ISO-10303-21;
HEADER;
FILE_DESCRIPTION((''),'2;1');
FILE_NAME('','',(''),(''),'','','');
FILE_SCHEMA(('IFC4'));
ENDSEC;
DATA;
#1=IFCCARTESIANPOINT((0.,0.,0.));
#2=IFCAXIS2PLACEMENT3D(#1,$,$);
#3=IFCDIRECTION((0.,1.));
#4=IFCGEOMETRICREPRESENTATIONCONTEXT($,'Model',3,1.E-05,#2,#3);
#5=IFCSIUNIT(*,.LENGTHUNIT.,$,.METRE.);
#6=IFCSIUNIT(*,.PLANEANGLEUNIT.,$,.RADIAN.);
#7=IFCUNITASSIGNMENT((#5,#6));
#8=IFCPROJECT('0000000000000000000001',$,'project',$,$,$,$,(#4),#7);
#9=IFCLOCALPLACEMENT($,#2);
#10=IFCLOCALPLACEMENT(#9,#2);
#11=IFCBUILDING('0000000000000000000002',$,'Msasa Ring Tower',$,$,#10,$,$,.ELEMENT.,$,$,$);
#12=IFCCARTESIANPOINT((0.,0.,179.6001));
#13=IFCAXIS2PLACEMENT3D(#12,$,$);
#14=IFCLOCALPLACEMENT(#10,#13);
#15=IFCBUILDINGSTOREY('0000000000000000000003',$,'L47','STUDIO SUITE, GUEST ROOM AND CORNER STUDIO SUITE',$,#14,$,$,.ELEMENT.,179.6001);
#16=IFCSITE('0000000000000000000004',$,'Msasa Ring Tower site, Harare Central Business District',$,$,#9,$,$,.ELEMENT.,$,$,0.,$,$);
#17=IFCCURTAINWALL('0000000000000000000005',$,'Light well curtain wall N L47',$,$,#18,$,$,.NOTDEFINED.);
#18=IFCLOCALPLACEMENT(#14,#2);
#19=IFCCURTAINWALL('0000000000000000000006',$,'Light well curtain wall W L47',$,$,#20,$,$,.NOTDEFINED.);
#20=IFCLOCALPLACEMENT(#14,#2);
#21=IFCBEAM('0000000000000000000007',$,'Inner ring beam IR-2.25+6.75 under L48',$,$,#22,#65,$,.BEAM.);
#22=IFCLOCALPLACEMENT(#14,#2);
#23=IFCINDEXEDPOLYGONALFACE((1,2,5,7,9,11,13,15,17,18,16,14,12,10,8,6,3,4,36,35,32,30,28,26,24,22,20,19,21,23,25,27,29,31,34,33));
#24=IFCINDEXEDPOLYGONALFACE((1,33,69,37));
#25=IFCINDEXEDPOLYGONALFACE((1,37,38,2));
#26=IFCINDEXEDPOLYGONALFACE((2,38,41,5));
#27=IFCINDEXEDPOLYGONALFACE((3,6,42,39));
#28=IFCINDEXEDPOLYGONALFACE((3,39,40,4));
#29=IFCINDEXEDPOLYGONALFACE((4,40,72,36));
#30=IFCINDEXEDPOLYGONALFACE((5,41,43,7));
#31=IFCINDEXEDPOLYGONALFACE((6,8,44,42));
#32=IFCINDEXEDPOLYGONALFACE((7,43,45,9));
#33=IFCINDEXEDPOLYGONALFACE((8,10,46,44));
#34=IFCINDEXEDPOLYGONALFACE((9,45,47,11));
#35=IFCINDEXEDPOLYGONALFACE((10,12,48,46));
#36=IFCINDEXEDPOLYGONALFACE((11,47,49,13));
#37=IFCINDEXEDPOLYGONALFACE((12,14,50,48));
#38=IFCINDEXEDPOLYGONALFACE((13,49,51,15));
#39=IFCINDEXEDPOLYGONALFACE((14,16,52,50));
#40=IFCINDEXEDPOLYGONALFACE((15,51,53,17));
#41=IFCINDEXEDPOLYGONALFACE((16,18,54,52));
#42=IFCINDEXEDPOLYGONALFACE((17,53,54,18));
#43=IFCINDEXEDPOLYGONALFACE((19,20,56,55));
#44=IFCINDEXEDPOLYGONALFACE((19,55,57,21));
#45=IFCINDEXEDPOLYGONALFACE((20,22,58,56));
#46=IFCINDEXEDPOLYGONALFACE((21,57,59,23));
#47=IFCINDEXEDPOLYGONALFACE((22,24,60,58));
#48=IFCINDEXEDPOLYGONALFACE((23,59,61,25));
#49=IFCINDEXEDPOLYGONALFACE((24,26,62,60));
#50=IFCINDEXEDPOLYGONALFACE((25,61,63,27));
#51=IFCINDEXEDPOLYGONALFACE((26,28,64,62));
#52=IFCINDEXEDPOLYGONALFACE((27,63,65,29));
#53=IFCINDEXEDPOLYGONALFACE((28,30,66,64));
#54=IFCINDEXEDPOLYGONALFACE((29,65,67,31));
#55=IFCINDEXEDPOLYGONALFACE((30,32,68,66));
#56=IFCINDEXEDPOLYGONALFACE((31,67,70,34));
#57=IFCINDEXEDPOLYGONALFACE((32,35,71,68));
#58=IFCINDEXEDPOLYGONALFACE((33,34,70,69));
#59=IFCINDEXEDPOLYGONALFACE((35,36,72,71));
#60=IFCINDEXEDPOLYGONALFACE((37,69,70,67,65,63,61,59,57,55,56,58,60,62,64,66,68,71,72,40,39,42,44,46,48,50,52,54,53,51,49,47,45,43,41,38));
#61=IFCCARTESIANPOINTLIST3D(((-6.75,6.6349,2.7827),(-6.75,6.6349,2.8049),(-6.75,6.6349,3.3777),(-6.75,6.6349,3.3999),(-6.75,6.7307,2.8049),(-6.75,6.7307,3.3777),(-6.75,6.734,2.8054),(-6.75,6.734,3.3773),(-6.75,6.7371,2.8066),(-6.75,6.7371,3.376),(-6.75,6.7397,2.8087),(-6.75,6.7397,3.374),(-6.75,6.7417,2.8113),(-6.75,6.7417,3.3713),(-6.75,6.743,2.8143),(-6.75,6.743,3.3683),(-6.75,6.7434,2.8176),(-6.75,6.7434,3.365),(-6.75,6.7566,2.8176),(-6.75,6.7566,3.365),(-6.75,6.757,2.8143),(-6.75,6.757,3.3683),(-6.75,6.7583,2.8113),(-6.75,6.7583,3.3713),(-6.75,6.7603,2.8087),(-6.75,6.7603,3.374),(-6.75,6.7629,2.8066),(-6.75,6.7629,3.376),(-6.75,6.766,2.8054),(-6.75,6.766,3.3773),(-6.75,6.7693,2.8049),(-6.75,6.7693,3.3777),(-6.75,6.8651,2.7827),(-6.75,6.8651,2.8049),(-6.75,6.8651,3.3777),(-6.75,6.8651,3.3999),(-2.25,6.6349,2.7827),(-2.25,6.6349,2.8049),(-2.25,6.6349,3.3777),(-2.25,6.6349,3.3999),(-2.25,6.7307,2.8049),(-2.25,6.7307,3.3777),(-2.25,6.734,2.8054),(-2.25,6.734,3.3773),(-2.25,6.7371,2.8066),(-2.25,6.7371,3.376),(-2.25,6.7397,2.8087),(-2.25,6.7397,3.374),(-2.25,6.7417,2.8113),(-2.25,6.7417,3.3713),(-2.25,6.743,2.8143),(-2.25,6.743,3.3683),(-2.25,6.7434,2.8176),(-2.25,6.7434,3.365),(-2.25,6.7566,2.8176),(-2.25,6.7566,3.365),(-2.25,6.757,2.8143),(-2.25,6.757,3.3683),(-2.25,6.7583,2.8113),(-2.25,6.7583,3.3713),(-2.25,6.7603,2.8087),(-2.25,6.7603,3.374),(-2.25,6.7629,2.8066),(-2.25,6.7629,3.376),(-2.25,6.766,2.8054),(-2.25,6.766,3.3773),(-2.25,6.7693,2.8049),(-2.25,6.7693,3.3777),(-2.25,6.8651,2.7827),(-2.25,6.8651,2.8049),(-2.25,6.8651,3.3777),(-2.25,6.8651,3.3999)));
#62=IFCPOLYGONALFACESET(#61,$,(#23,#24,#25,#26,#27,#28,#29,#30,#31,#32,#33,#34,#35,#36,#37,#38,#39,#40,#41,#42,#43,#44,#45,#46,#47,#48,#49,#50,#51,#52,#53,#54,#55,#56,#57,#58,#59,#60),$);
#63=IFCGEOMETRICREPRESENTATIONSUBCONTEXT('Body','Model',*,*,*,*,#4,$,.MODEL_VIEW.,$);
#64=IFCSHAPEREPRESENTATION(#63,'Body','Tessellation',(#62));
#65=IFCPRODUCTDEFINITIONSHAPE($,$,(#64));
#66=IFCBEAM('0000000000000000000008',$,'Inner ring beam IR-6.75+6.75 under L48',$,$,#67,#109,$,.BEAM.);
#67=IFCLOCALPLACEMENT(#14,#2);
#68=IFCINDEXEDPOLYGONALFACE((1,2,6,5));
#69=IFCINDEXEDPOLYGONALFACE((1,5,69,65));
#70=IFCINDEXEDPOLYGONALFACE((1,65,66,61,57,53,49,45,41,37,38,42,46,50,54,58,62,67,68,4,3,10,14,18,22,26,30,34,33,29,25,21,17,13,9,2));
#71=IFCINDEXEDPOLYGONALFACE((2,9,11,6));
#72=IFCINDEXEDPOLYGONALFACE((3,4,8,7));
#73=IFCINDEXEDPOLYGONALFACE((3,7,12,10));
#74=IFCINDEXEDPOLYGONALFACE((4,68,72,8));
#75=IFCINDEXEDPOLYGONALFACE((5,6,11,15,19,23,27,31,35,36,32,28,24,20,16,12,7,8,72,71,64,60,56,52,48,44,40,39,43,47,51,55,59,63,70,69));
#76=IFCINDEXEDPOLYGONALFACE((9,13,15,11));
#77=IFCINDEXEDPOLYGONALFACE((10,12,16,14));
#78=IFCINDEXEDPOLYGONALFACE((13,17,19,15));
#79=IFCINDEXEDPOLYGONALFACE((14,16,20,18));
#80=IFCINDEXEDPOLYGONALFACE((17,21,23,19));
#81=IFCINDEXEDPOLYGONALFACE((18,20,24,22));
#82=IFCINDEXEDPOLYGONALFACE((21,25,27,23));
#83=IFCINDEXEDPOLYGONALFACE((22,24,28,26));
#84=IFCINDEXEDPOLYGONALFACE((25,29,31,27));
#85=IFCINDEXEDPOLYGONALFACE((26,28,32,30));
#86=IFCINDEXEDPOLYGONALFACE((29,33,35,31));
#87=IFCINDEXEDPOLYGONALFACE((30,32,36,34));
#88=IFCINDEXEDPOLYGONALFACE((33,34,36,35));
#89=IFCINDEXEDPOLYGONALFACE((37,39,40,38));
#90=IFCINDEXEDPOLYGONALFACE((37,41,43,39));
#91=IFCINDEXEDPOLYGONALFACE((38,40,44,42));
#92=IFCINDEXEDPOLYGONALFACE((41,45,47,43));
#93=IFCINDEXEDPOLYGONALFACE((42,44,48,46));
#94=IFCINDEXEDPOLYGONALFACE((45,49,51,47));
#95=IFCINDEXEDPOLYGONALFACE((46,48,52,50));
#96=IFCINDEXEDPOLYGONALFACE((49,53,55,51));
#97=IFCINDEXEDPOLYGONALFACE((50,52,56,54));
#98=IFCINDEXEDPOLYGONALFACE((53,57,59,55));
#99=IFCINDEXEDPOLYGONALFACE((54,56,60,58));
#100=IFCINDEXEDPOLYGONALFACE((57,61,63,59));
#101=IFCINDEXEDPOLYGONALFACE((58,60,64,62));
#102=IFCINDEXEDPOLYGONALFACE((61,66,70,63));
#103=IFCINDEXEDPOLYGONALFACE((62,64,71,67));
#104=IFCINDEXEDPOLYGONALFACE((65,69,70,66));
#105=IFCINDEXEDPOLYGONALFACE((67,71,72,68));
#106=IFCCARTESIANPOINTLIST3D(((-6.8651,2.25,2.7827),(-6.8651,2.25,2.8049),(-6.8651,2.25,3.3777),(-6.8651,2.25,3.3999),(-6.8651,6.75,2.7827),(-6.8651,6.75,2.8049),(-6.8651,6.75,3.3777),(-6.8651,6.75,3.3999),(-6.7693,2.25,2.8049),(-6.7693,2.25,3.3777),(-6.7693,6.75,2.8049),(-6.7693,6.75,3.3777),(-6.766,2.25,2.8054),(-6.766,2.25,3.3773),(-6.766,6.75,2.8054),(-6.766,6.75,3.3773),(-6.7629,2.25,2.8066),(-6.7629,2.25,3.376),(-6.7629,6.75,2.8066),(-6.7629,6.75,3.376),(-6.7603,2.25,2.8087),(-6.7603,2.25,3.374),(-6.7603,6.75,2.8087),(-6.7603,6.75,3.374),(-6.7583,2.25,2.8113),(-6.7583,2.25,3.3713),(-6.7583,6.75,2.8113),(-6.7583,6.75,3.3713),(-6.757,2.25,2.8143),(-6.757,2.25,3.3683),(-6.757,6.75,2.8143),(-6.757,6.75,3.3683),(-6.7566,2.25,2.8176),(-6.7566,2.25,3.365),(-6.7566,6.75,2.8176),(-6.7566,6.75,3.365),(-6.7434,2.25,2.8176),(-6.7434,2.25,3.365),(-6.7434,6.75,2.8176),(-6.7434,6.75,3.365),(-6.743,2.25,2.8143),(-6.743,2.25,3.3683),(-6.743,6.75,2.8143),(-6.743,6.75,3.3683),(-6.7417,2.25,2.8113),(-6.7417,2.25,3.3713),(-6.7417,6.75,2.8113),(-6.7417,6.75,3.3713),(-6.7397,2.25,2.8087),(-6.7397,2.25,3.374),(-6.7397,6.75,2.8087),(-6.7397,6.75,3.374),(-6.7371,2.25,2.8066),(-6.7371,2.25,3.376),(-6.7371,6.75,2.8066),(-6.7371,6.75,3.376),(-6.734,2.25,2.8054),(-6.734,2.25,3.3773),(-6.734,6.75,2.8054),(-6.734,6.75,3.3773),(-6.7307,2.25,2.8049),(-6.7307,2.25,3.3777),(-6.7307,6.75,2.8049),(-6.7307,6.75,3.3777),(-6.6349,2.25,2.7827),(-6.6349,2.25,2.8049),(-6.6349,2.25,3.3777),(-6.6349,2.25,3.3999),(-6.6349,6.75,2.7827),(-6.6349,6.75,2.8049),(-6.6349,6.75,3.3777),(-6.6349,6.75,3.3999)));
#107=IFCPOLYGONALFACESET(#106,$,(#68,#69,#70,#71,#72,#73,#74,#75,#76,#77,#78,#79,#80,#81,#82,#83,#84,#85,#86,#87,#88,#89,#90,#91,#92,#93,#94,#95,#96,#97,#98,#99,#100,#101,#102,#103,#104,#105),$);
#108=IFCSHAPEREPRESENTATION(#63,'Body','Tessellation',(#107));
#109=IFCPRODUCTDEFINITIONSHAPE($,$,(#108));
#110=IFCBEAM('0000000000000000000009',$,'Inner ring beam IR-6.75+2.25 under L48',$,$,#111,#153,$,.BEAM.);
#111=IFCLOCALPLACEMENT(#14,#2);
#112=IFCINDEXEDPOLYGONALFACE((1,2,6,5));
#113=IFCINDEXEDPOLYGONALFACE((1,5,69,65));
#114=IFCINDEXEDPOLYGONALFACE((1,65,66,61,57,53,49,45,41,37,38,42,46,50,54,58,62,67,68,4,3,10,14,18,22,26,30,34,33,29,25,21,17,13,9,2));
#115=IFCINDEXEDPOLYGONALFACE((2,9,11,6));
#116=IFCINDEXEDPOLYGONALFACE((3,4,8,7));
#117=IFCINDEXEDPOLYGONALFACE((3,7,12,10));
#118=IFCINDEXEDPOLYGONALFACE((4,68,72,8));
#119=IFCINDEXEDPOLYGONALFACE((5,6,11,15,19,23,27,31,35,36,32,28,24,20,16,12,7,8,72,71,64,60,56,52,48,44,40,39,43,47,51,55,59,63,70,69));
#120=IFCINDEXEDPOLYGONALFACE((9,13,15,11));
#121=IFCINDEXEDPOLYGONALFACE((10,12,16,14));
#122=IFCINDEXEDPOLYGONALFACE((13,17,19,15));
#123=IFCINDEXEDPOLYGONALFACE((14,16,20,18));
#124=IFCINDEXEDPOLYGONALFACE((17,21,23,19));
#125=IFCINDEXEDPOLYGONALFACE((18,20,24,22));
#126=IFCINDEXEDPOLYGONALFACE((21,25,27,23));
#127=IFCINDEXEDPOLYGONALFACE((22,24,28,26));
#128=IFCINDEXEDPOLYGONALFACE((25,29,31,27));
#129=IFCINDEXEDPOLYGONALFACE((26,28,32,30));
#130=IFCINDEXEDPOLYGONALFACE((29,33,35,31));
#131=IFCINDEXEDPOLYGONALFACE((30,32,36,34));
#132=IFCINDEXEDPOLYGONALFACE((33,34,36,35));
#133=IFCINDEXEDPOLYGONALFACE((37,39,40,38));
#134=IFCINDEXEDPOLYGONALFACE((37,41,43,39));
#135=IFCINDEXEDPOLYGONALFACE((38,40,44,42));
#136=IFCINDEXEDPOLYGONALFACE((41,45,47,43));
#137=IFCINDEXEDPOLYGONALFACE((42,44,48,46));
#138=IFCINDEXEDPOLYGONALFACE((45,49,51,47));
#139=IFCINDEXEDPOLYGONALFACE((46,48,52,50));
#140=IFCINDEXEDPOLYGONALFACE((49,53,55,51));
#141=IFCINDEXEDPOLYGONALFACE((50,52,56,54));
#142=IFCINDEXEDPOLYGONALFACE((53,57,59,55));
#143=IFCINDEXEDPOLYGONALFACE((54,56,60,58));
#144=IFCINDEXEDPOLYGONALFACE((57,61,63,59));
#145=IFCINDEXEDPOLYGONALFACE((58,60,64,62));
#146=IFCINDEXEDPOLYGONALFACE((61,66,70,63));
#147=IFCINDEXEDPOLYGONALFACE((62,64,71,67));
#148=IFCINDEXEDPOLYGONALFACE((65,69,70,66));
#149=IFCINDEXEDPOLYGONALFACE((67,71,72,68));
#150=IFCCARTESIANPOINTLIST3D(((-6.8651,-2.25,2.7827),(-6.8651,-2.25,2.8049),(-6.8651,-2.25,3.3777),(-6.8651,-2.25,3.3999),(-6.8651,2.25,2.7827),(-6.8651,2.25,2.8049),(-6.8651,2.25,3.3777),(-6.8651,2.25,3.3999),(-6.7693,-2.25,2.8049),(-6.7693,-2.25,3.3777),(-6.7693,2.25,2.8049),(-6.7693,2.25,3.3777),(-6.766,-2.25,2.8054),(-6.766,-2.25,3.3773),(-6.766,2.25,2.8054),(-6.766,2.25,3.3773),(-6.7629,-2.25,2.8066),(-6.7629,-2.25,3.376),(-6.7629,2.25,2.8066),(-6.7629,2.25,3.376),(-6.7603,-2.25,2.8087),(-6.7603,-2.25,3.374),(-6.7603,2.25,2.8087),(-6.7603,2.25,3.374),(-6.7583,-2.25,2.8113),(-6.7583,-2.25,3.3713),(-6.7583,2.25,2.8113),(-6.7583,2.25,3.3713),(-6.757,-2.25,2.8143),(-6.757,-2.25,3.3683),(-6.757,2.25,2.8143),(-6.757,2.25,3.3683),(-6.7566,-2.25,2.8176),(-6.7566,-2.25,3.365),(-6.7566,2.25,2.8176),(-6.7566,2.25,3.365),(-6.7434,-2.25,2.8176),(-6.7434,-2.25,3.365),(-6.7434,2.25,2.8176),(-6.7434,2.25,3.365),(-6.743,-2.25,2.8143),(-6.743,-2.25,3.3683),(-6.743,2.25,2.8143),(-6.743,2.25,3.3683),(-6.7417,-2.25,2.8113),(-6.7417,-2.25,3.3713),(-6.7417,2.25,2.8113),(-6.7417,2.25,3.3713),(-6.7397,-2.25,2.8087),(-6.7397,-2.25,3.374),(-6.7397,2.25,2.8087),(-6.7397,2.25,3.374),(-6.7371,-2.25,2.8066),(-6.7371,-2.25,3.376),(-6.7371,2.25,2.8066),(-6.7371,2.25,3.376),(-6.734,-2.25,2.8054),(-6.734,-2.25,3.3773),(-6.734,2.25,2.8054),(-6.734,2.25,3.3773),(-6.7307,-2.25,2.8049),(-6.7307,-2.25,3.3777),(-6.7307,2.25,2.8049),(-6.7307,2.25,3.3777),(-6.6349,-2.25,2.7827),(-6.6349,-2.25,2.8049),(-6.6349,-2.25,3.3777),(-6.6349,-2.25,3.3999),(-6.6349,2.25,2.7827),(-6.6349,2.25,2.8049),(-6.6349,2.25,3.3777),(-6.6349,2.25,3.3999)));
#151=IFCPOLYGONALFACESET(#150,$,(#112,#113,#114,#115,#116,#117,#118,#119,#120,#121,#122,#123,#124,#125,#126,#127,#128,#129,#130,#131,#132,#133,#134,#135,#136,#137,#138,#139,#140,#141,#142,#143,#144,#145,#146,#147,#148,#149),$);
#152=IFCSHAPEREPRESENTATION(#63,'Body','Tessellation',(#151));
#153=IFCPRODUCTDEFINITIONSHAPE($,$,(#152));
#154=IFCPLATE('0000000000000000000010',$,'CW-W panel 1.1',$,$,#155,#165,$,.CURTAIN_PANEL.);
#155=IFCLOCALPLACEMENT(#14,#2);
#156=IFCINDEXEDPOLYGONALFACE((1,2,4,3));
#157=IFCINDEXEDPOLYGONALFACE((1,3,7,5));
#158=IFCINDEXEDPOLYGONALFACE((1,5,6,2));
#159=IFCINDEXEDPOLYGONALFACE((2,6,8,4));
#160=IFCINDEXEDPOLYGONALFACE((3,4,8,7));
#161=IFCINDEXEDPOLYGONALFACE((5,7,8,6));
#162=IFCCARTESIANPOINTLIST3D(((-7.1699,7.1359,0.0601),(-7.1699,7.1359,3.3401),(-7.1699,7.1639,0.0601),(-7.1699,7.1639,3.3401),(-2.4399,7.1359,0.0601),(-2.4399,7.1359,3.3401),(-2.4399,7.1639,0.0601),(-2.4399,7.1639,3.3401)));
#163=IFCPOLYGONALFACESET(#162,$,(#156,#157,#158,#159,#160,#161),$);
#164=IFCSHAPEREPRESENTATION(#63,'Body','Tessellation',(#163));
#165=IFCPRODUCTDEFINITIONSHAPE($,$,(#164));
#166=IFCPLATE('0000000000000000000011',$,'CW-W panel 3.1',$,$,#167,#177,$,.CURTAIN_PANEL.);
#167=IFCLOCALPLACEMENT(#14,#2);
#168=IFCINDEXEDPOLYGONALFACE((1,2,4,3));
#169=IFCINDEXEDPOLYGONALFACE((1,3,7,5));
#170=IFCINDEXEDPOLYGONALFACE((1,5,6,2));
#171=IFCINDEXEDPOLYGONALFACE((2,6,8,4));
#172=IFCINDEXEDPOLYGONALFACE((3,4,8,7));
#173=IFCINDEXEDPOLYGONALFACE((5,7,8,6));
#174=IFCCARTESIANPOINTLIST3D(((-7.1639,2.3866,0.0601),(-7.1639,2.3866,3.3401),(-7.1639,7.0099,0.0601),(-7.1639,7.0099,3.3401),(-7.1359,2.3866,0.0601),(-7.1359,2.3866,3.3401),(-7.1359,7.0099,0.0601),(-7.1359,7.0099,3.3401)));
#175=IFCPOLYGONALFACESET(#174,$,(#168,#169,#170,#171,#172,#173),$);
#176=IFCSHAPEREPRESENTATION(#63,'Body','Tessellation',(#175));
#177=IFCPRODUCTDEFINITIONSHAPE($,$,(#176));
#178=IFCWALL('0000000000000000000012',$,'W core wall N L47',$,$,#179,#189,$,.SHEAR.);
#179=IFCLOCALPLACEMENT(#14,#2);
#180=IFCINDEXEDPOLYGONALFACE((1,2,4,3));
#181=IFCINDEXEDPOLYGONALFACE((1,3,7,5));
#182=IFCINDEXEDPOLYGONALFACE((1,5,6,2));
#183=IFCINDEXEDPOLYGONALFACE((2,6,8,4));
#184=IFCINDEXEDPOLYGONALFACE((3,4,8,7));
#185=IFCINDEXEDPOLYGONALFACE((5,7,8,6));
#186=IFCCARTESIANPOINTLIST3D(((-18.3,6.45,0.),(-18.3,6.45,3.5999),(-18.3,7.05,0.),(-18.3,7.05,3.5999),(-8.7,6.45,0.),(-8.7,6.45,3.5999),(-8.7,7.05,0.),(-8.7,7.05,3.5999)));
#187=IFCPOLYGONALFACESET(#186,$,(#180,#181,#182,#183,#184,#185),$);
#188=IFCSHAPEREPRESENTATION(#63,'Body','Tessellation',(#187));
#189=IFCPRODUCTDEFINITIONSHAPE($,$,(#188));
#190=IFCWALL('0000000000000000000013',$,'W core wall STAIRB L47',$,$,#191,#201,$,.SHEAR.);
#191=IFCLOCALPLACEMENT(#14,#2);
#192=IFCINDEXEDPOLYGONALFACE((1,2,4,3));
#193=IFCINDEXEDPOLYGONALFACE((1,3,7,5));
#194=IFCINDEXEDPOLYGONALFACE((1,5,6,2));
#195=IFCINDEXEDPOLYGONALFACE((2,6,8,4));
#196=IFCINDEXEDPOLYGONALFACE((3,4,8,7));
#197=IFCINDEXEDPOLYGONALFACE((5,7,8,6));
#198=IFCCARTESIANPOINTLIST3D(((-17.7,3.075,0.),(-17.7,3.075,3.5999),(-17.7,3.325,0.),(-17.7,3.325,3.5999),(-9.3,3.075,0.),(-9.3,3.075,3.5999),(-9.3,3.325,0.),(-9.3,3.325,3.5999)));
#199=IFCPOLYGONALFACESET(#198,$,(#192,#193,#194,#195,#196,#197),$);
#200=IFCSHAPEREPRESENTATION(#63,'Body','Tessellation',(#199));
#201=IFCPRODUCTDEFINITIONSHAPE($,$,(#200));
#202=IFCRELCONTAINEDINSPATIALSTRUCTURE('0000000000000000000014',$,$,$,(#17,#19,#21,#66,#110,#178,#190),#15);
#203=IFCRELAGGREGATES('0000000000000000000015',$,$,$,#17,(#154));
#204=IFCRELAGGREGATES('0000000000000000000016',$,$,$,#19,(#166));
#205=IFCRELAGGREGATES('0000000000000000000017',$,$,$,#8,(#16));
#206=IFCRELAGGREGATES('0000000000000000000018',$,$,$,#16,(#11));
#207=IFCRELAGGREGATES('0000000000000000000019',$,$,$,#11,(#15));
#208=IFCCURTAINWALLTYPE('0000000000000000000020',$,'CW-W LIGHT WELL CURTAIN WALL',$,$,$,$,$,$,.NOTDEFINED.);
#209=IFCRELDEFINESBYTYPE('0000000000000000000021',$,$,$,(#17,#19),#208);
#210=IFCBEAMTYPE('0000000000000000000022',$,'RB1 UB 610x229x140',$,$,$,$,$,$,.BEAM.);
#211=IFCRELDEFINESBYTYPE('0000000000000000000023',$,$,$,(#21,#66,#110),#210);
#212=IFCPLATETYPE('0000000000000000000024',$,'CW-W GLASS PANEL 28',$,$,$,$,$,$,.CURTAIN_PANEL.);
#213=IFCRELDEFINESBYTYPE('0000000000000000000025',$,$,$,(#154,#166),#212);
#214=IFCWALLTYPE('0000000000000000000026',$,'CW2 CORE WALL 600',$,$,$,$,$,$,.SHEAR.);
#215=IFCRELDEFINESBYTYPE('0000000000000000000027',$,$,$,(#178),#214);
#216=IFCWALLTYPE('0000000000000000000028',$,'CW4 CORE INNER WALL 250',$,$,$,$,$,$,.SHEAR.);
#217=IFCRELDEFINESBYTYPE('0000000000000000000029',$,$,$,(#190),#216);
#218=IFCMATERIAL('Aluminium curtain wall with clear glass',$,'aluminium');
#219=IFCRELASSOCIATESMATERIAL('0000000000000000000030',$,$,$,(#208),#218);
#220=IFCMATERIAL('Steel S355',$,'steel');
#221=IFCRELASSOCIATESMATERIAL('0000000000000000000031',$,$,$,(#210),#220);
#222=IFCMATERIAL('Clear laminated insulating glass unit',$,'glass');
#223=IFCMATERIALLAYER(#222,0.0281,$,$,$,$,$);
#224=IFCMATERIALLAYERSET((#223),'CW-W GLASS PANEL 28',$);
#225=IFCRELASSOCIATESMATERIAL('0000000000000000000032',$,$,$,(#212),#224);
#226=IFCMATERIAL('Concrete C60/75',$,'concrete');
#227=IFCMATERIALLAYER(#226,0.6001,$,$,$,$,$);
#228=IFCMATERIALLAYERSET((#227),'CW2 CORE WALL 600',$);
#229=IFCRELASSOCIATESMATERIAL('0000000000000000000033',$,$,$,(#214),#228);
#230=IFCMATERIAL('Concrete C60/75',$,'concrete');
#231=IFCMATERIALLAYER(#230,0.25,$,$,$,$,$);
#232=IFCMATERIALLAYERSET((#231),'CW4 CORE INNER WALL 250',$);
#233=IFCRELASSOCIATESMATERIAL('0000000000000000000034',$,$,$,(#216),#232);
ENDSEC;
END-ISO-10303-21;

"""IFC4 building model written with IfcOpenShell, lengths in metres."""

from ifc_helpers import new_model, si_unit, direction, frame, frame_2d, origin, origin_2d, place, context, subcontext, project, spatial, rectangle, i_section, extrude, material, layer, layer_set, material_profile, profile_set, type_object, element, aggregate, save


model = new_model("IFC4")

# Units and contexts
model_context = context("Model", 3, precision=1e-05, world=origin(), true_north=direction((0.0, 1.0)))
body_context = subcontext(model_context, "Body", "Model", "MODEL_VIEW")
ifc_project = project(units=[si_unit("LENGTHUNIT", "METRE"), si_unit("PLANEANGLEUNIT", "RADIAN")], contexts=[model_context])

# Site, building, storey
site_placement = place(None, origin())
site = spatial("IfcSite", under=ifc_project, at=site_placement, Name="Msasa Ring Tower site, Harare Central Business District", CompositionType="ELEMENT", RefElevation=0.0)
building_placement = place(site_placement, origin())
building = spatial("IfcBuilding", under=site, at=building_placement, Name="Msasa Ring Tower", CompositionType="ELEMENT")
storey_placement = place(building_placement, frame((0.0, 0.0, 179.6001)))
storey = spatial("IfcBuildingStorey", under=building, at=storey_placement, Name="L47", Description="STUDIO SUITE, GUEST ROOM AND CORNER STUDIO SUITE", CompositionType="ELEMENT", Elevation=179.6001)

# Curtain walls
ifc_material_1 = material(Name="Aluminium curtain wall with clear glass", Category="aluminium")
curtain_wall_type = type_object("IfcCurtainWallType", Name="CW-W LIGHT WELL CURTAIN WALL", PredefinedType="NOTDEFINED", material=ifc_material_1)
curtain_wall_1_placement = place(storey_placement, origin())
curtain_wall_1 = element("IfcCurtainWall", 1, at=curtain_wall_1_placement, inside=storey, type_object=curtain_wall_type, Name="Light well curtain wall N L47", PredefinedType="NOTDEFINED")
curtain_wall_2_placement = place(storey_placement, origin())
curtain_wall_2 = element("IfcCurtainWall", 2, at=curtain_wall_2_placement, inside=storey, type_object=curtain_wall_type, Name="Light well curtain wall W L47", PredefinedType="NOTDEFINED")

# Beams
ifc_material_2 = material(Name="Steel S355", Category="steel")
ifc_material_profile_1 = material_profile(ifc_material_2, i_section(OverallWidth=0.2302, OverallDepth=0.6172, WebThickness=0.0132, FlangeThickness=0.0222, FilletRadius=0.0127, at=origin_2d()), Name="UB 610x229x140")
ifc_profile_set_1 = profile_set([ifc_material_profile_1], Name="Steel S355")
beam_type = type_object("IfcBeamType", Name="RB1 UB 610x229x140", PredefinedType="BEAM", material=ifc_profile_set_1)
for number, where, z_axis, x_axis, name in (
    (3, (-2.25, 6.75, 3.0913), (-1.0, 0.0, 0.0), (0.0, -1.0, 0.0), "Inner ring beam IR-2.25+6.75 under L48"),
    (4, (-6.75, 6.75, 3.0913), (0.0, -1.0, 0.0), (1.0, 0.0, 0.0), "Inner ring beam IR-6.75+6.75 under L48"),
    (5, (-6.75, 2.25, 3.0913), (0.0, -1.0, 0.0), (1.0, 0.0, 0.0), "Inner ring beam IR-6.75+2.25 under L48"),
):
    element("IfcBeam", number, at=place(storey_placement, frame(where, z_axis=z_axis, x_axis=x_axis)), inside=storey, type_object=beam_type, Name=name, PredefinedType="BEAM", context=body_context, shape_type="SweptSolid", body=[
        extrude(i_section(OverallWidth=0.2302, OverallDepth=0.6172, WebThickness=0.0132, FlangeThickness=0.0222, FilletRadius=0.0127, at=origin_2d()), origin(), (0.0, 0.0, 1.0), 4.5),
    ])

# Plates
ifc_material_3 = material(Name="Clear laminated insulating glass unit", Category="glass")
ifc_layer_1 = layer(ifc_material_3, 0.0281)
ifc_layer_set_1 = layer_set([ifc_layer_1], Name="CW-W GLASS PANEL 28")
plate_type = type_object("IfcPlateType", Name="CW-W GLASS PANEL 28", PredefinedType="CURTAIN_PANEL", material=ifc_layer_set_1)
plate_1_placement = place(storey_placement, frame((-4.8049, 7.1499, 0.0601), z_axis=(0.0, 0.0, 1.0), x_axis=(1.0, 0.0, 0.0)))
plate_1 = element("IfcPlate", 6, at=plate_1_placement, type_object=plate_type, Name="CW-W panel 1.1", PredefinedType="CURTAIN_PANEL", context=body_context, shape_type="SweptSolid", body=[
    extrude(rectangle(XDim=4.73, YDim=0.0281, at=origin_2d()), origin(), (0.0, 0.0, 1.0), 3.28),
])
aggregate(curtain_wall_1, [plate_1])
plate_2_placement = place(storey_placement, frame((-7.1499, 4.6982, 0.0601), z_axis=(0.0, 0.0, 1.0), x_axis=(0.0, 1.0, 0.0)))
plate_2 = element("IfcPlate", 7, at=plate_2_placement, type_object=plate_type, Name="CW-W panel 3.1", PredefinedType="CURTAIN_PANEL", context=body_context, shape_type="SweptSolid", body=[
    extrude(rectangle(XDim=4.6233, YDim=0.0281, at=origin_2d()), origin(), (0.0, 0.0, 1.0), 3.28),
])
aggregate(curtain_wall_2, [plate_2])

# Walls
ifc_material_4 = material(Name="Concrete C60/75", Category="concrete")
ifc_layer_2 = layer(ifc_material_4, 0.6001)
ifc_layer_set_2 = layer_set([ifc_layer_2], Name="CW2 CORE WALL 600")
wall_type_1 = type_object("IfcWallType", Name="CW2 CORE WALL 600", PredefinedType="SHEAR", material=ifc_layer_set_2)
wall_1_placement = place(storey_placement, frame((-8.7, 6.75, 0.0), z_axis=(0.0, 0.0, 1.0), x_axis=(-1.0, 0.0, 0.0)))
element("IfcWall", 8, at=wall_1_placement, inside=storey, type_object=wall_type_1, Name="W core wall N L47", PredefinedType="SHEAR", context=body_context, shape_type="SweptSolid", body=[
    extrude(rectangle(XDim=9.6001, YDim=0.6001, at=frame_2d((4.8, 0.0))), origin(), (0.0, 0.0, 1.0), 3.5999),
])
ifc_material_5 = material(Name="Concrete C60/75", Category="concrete")
ifc_layer_3 = layer(ifc_material_5, 0.25)
ifc_layer_set_3 = layer_set([ifc_layer_3], Name="CW4 CORE INNER WALL 250")
wall_type_2 = type_object("IfcWallType", Name="CW4 CORE INNER WALL 250", PredefinedType="SHEAR", material=ifc_layer_set_3)
wall_2_placement = place(storey_placement, frame((-9.3, 3.2, 0.0), z_axis=(0.0, 0.0, 1.0), x_axis=(-1.0, 0.0, 0.0)))
element("IfcWall", 9, at=wall_2_placement, inside=storey, type_object=wall_type_2, Name="W core wall STAIRB L47", PredefinedType="SHEAR", context=body_context, shape_type="SweptSolid", body=[
    extrude(rectangle(XDim=8.3999, YDim=0.25, at=frame_2d((4.2, 0.0))), origin(), (0.0, 0.0, 1.0), 3.5999),
])

save(model, "model.ifc")
